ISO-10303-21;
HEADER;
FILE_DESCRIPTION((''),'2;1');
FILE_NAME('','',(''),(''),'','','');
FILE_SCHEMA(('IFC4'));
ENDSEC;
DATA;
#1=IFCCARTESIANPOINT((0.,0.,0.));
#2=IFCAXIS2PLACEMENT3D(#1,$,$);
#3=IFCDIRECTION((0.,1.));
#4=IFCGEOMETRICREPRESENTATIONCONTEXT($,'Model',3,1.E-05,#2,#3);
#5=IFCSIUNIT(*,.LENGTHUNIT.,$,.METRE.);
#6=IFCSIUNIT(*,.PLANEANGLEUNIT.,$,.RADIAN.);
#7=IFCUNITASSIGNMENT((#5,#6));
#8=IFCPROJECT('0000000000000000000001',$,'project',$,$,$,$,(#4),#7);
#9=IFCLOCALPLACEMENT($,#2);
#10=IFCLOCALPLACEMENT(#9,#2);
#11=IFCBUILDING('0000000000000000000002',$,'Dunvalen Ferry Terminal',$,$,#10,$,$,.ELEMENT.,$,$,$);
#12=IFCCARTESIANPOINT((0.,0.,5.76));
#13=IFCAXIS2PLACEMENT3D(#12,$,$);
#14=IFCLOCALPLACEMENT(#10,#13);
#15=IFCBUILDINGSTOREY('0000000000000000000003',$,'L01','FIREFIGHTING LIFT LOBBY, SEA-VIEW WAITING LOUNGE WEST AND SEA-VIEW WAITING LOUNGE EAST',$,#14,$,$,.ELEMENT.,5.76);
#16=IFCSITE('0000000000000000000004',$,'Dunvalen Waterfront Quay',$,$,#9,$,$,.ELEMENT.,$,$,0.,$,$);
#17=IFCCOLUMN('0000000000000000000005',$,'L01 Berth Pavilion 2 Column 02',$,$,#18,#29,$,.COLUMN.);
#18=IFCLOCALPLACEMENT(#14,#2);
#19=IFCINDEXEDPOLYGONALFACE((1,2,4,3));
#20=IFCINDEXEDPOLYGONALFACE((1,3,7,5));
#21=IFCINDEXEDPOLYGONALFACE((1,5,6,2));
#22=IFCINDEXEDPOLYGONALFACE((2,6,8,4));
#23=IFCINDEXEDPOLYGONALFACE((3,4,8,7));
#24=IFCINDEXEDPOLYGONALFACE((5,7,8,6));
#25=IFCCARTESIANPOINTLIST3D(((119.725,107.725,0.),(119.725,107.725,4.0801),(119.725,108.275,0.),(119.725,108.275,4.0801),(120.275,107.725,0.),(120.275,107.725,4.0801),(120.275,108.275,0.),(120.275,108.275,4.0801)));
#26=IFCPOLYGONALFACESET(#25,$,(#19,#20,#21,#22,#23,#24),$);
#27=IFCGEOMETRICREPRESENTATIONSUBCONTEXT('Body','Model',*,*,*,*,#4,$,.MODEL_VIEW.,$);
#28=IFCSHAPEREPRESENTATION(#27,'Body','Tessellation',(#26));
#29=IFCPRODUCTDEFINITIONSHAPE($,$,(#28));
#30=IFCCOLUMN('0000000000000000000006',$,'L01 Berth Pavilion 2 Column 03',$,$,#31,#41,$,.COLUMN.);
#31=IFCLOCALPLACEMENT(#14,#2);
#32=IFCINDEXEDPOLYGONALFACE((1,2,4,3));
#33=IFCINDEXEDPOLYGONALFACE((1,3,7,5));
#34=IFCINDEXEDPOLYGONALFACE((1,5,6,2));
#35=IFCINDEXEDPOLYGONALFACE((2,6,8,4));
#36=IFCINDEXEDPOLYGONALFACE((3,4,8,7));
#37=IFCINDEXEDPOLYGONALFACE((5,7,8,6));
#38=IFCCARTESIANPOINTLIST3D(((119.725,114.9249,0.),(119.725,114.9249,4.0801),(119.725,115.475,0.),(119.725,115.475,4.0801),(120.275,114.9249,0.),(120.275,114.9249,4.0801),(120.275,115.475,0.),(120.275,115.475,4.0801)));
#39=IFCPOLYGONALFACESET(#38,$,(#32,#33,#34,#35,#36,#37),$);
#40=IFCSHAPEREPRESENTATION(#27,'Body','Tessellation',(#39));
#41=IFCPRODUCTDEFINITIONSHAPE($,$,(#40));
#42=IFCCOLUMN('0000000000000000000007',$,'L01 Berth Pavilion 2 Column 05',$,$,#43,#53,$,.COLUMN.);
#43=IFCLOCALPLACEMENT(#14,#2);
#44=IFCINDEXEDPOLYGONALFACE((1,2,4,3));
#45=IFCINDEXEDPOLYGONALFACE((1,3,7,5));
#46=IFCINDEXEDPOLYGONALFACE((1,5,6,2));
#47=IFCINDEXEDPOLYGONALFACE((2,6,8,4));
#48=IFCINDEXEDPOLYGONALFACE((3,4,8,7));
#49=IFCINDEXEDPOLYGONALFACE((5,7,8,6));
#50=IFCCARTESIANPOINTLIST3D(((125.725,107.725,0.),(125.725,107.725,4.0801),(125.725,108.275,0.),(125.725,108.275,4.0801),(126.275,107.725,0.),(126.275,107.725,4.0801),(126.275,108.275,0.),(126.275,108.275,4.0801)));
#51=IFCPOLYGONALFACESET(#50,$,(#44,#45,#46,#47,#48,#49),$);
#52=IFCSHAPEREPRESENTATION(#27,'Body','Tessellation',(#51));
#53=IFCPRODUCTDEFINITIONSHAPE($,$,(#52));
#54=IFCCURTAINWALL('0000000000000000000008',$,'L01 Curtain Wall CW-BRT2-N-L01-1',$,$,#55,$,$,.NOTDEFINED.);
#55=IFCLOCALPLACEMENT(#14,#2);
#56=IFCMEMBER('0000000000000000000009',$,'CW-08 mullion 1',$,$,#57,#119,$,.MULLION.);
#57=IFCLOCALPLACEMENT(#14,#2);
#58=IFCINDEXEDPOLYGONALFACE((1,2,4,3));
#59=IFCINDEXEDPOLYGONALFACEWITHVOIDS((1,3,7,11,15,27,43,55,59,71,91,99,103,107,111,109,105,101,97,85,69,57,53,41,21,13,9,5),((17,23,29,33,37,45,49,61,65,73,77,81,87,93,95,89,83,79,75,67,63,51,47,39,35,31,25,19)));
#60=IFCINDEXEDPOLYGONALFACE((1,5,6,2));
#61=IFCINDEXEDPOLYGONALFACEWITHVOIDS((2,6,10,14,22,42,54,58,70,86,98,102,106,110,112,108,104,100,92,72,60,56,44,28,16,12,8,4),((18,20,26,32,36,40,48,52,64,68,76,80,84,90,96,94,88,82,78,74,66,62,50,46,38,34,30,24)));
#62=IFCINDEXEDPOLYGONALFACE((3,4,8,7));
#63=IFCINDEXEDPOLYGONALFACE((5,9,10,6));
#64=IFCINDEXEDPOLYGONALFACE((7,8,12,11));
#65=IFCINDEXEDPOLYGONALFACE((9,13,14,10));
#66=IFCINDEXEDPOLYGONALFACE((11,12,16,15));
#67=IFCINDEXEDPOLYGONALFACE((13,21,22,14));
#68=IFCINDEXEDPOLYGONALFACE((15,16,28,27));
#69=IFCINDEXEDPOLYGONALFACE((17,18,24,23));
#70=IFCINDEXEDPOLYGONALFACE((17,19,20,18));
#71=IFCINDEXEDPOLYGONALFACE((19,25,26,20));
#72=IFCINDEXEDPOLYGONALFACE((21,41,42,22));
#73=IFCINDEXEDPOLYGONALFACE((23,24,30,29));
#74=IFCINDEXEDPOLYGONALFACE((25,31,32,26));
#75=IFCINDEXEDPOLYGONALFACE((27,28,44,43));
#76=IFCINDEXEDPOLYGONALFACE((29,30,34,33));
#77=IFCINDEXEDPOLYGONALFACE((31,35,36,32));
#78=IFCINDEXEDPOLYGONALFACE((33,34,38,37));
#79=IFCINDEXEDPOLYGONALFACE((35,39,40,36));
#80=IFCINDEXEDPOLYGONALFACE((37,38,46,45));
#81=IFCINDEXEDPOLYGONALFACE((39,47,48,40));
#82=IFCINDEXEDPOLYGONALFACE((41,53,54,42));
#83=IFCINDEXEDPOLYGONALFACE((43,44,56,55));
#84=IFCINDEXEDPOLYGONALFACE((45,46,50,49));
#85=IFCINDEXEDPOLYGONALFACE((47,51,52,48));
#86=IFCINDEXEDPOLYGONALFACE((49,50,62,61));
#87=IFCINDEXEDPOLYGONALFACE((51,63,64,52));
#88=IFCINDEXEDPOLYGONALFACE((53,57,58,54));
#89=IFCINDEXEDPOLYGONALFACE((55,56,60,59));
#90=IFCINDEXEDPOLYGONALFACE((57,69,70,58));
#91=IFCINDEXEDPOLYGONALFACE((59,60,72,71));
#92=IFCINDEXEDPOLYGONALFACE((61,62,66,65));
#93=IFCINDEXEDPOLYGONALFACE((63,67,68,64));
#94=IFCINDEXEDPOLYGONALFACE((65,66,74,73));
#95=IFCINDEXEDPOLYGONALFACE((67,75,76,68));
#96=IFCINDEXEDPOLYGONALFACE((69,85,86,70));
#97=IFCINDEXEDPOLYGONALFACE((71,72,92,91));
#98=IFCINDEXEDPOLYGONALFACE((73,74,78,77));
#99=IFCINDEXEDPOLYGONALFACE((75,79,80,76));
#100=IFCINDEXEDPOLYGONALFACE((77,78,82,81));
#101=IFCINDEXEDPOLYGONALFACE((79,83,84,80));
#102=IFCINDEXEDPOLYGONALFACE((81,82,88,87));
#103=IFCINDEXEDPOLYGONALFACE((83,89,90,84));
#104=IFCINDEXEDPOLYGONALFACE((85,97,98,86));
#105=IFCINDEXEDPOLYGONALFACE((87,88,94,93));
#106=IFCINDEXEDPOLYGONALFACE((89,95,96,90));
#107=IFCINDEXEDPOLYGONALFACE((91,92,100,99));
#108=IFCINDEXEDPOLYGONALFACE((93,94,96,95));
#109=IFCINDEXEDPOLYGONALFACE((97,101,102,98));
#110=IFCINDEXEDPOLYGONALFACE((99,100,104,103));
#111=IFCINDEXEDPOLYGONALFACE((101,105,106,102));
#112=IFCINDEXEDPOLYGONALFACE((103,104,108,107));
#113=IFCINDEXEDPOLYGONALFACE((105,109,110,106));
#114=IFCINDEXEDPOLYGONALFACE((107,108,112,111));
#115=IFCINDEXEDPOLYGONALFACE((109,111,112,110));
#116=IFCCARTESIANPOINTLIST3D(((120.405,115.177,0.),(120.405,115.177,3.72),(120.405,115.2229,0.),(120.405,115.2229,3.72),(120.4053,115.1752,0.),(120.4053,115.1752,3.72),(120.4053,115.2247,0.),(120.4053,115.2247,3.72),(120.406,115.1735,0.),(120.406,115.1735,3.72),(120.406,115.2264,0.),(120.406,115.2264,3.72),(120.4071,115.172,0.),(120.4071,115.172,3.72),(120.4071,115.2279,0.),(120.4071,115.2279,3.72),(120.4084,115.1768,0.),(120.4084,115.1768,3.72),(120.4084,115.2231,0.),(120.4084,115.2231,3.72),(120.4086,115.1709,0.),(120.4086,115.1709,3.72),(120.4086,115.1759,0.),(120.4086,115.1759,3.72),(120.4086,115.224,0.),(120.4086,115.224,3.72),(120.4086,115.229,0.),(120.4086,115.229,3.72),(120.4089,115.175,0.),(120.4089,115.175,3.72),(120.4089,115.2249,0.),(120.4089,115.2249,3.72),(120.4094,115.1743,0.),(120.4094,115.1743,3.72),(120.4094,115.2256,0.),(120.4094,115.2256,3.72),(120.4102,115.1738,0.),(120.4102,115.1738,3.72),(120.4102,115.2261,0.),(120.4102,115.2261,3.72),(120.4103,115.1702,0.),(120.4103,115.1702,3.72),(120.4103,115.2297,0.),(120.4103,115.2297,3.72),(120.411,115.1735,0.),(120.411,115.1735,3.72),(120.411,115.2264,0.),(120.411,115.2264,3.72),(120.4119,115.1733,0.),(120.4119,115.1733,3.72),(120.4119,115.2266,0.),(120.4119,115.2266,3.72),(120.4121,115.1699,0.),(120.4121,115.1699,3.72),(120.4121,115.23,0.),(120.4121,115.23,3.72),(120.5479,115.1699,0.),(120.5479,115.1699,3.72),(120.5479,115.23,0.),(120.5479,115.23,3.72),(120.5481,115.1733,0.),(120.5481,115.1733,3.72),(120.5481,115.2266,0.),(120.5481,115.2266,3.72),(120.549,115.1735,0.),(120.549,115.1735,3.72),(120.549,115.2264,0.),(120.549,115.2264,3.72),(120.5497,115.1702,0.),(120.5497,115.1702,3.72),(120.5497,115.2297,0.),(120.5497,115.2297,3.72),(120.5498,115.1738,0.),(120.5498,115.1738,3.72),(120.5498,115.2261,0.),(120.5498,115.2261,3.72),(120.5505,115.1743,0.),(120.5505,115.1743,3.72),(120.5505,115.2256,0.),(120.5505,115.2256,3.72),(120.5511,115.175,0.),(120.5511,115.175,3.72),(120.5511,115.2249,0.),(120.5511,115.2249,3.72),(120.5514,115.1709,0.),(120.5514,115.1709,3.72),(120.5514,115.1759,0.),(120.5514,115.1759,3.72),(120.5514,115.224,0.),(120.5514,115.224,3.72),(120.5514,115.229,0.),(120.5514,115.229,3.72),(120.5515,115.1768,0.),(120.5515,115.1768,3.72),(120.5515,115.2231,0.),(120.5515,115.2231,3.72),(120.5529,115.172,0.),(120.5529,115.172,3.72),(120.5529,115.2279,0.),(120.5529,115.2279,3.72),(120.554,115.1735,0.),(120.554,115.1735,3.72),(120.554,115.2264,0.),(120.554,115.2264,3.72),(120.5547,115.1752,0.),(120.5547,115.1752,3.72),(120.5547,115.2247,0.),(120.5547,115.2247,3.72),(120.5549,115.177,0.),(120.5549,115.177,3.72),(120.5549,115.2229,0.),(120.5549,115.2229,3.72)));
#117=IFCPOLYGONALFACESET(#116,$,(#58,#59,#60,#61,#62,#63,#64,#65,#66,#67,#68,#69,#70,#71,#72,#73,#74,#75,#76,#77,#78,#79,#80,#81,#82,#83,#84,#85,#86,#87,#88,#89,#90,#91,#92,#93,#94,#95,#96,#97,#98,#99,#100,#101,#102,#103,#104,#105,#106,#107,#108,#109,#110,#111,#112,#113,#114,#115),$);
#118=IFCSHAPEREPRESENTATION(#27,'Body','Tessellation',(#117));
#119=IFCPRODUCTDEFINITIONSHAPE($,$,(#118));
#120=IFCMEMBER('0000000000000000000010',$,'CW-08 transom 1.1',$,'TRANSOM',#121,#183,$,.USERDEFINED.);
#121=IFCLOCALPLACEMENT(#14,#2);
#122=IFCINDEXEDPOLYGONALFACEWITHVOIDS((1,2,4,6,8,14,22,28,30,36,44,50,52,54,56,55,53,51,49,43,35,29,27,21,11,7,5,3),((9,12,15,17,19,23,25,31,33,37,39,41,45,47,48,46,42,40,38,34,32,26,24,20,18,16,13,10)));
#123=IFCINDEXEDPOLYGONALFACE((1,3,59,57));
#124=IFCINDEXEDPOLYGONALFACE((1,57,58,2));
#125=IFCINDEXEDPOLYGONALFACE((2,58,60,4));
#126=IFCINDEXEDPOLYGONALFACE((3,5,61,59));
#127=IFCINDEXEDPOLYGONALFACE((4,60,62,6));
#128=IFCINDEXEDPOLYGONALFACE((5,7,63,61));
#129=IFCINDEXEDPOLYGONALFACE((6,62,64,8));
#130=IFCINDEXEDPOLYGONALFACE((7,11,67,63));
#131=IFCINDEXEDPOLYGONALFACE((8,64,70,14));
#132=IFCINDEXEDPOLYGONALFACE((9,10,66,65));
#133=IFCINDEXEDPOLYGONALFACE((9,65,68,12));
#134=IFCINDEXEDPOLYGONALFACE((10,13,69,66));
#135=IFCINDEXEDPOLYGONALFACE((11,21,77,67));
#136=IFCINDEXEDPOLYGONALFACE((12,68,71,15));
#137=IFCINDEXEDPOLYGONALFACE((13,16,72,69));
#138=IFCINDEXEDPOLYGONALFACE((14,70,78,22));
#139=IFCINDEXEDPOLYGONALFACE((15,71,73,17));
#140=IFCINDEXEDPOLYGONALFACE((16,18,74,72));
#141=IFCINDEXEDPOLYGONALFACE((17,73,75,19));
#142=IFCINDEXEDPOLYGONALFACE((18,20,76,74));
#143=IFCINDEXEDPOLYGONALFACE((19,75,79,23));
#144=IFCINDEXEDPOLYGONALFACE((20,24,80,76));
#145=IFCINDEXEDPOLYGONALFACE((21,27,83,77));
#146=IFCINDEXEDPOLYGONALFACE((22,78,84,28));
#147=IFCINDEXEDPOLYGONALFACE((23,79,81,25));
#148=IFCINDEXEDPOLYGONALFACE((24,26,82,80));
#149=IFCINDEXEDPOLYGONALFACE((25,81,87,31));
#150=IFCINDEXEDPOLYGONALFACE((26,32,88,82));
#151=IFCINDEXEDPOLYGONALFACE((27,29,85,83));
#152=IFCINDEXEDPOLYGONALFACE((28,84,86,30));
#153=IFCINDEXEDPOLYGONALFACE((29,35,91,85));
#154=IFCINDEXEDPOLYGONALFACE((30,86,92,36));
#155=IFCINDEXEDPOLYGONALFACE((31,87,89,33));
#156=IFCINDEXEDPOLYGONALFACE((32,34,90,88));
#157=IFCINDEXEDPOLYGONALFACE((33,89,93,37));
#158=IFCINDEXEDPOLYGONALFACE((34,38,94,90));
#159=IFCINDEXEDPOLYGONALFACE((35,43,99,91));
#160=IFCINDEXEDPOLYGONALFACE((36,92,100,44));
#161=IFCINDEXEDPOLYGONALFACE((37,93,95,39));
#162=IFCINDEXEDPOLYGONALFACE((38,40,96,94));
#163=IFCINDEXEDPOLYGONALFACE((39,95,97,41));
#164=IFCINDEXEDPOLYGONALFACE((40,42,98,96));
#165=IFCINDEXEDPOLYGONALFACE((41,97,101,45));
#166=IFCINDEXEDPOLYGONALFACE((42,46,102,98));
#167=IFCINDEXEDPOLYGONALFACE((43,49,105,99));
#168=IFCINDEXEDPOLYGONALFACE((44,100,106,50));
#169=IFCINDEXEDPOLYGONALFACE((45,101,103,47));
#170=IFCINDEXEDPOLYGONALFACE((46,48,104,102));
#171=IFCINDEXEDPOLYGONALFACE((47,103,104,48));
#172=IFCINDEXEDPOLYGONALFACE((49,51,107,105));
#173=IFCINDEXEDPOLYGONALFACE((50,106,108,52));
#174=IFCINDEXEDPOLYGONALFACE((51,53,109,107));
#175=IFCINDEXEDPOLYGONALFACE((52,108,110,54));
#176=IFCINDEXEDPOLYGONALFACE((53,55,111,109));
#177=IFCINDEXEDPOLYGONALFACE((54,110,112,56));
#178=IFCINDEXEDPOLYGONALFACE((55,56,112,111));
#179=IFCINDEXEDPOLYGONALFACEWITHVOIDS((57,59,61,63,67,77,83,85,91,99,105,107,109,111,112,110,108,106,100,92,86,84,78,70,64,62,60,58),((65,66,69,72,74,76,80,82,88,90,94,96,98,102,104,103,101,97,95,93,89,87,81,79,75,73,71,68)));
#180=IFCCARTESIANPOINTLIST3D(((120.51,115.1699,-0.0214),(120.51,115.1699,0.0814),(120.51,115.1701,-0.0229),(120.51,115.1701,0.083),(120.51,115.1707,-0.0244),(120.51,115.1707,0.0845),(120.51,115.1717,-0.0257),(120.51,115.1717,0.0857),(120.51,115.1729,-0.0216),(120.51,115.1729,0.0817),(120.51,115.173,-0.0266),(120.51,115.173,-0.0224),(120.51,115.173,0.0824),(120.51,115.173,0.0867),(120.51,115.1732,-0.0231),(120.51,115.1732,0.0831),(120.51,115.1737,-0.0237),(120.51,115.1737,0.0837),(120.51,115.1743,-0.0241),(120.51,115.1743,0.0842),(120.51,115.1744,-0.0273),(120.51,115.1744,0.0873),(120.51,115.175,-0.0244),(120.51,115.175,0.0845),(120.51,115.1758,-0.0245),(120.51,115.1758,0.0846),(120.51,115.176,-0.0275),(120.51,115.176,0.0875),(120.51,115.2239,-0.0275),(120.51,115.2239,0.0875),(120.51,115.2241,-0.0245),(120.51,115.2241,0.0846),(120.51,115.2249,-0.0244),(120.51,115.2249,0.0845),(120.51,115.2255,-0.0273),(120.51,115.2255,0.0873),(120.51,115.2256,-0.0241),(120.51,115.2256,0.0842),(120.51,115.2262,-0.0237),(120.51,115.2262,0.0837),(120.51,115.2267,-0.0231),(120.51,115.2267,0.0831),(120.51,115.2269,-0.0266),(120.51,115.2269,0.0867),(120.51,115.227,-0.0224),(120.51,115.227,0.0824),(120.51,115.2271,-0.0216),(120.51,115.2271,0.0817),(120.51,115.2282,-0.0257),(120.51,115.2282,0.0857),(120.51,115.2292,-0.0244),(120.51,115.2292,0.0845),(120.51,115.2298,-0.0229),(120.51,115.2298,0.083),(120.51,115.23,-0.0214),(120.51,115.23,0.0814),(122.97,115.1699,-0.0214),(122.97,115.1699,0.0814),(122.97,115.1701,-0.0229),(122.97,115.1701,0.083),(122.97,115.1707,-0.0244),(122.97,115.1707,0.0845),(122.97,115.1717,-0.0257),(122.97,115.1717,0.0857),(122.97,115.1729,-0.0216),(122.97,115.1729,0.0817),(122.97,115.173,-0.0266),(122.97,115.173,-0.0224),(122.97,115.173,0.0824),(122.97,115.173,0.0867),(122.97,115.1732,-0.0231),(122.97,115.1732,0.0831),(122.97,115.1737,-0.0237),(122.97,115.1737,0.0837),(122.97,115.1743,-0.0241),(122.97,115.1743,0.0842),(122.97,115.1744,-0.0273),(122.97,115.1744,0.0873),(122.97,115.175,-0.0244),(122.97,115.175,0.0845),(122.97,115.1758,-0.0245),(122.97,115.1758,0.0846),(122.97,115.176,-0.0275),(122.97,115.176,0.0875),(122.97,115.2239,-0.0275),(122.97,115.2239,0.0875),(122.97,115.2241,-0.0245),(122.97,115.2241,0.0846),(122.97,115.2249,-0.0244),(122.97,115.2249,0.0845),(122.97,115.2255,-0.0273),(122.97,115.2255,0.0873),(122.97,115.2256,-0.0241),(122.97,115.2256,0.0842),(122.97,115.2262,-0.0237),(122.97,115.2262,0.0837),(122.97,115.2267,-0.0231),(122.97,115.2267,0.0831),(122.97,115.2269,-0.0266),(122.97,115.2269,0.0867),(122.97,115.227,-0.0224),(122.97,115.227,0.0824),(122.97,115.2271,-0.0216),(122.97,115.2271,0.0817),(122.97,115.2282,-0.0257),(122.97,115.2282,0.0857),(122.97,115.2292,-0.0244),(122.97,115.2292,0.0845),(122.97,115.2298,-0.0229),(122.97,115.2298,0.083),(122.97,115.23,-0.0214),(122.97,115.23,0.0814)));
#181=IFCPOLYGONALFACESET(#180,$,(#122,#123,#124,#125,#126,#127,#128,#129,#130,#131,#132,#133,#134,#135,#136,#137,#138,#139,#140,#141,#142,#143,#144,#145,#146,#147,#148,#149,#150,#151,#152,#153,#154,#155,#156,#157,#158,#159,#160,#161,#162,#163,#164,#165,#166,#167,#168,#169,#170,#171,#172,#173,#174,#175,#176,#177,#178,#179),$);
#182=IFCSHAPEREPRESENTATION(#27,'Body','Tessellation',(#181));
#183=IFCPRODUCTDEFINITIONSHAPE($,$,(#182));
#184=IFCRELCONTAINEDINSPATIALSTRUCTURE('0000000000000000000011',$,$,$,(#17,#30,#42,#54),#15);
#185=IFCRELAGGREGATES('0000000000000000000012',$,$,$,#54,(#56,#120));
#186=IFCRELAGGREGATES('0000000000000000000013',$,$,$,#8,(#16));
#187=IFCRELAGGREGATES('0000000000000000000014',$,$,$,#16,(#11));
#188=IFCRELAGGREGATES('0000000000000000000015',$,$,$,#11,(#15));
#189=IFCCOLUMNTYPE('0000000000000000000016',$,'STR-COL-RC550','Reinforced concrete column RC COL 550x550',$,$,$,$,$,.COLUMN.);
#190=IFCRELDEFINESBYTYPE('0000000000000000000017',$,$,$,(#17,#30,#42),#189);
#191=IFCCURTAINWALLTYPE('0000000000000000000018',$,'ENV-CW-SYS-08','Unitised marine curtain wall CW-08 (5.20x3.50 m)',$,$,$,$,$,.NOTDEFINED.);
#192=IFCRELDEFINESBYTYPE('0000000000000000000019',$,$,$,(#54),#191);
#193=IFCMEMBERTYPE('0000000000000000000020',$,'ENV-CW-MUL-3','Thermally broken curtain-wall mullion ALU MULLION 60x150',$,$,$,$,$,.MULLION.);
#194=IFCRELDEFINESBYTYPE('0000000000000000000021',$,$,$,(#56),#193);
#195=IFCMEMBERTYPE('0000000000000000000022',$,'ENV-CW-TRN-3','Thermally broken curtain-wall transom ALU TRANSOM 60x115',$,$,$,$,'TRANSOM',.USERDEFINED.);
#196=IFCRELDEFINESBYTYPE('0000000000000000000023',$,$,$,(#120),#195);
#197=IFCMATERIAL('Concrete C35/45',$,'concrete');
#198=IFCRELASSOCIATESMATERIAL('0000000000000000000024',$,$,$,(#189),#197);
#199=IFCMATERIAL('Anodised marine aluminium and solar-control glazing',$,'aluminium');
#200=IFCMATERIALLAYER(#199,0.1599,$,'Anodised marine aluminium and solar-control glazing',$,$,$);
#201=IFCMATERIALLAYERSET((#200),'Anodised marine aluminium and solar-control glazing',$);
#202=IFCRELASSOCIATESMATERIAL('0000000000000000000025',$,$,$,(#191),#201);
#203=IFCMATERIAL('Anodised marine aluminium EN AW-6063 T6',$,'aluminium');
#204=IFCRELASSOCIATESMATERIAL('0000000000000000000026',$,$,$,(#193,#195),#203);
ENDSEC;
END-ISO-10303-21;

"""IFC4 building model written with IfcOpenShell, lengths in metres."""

from ifc_helpers import new_model, si_unit, direction, frame, origin, origin_2d, place, context, subcontext, project, spatial, rectangle, hollow_rectangle, extrude, material, layer, layer_set, material_profile, profile_set, type_object, element, aggregate, save


model = new_model("IFC4")

# Units and contexts
model_context = context("Model", 3, precision=1e-05, world=origin(), true_north=direction((0.0, 1.0)))
body_context = subcontext(model_context, "Body", "Model", "MODEL_VIEW")
ifc_project = project(units=[si_unit("LENGTHUNIT", "METRE"), si_unit("PLANEANGLEUNIT", "RADIAN")], contexts=[model_context])

# Site, building, storey
site_placement = place(None, origin())
site = spatial("IfcSite", under=ifc_project, at=site_placement, Name="Dunvalen Waterfront Quay", CompositionType="ELEMENT", RefElevation=0.0)
building_placement = place(site_placement, origin())
building = spatial("IfcBuilding", under=site, at=building_placement, Name="Dunvalen Ferry Terminal", CompositionType="ELEMENT")
storey_placement = place(building_placement, frame((0.0, 0.0, 5.76)))
storey = spatial("IfcBuildingStorey", under=building, at=storey_placement, Name="L01", Description="FIREFIGHTING LIFT LOBBY, SEA-VIEW WAITING LOUNGE WEST AND SEA-VIEW WAITING LOUNGE EAST", CompositionType="ELEMENT", Elevation=5.76)

# Columns
ifc_material_1 = material(Name="Concrete C35/45", Category="concrete")
ifc_material_profile_1 = material_profile(ifc_material_1, rectangle(XDim=0.55, YDim=0.55, at=origin_2d()), Name="Concrete C35/45")
ifc_profile_set_1 = profile_set([ifc_material_profile_1], Name="Concrete C35/45")
column_type = type_object("IfcColumnType", Name="STR-COL-RC550", Description="Reinforced concrete column RC COL 550x550", PredefinedType="COLUMN", material=ifc_profile_set_1)
for number, where, z_axis, x_axis, name in (
    (1, (120.0, 108.0, 0.0), (0.0, 0.0, 1.0), (1.0, 0.0, 0.0), "L01 Berth Pavilion 2 Column 02"),
    (2, (120.0, 115.2, 0.0), (0.0, 0.0, 1.0), (1.0, 0.0, 0.0), "L01 Berth Pavilion 2 Column 03"),
    (3, (126.0, 108.0, 0.0), (0.0, 0.0, 1.0), (1.0, 0.0, 0.0), "L01 Berth Pavilion 2 Column 05"),
):
    element("IfcColumn", number, at=place(storey_placement, frame(where, z_axis=z_axis, x_axis=x_axis)), inside=storey, type_object=column_type, Name=name, PredefinedType="COLUMN", context=body_context, shape_type="SweptSolid", body=[
        extrude(rectangle(XDim=0.55, YDim=0.55, at=origin_2d()), origin(), (0.0, 0.0, 1.0), 4.0801),
    ])

# Curtain wall, members
ifc_material_2 = material(Name="Anodised marine aluminium and solar-control glazing", Category="aluminium")
ifc_layer_1 = layer(ifc_material_2, 0.1599, Name="Anodised marine aluminium and solar-control glazing")
ifc_layer_set_1 = layer_set([ifc_layer_1], Name="Anodised marine aluminium and solar-control glazing")
curtain_wall_type = type_object("IfcCurtainWallType", Name="ENV-CW-SYS-08", Description="Unitised marine curtain wall CW-08 (5.20x3.50 m)", PredefinedType="NOTDEFINED", material=ifc_layer_set_1)
curtain_wall_placement = place(storey_placement, origin())
curtain_wall = element("IfcCurtainWall", 4, at=curtain_wall_placement, inside=storey, type_object=curtain_wall_type, Name="L01 Curtain Wall CW-BRT2-N-L01-1", PredefinedType="NOTDEFINED")
ifc_material_3 = material(Name="Anodised marine aluminium EN AW-6063 T6", Category="aluminium")
ifc_material_profile_2 = material_profile(ifc_material_3, hollow_rectangle(XDim=0.0601, YDim=0.1499, WallThickness=0.0034, InnerFilletRadius=0.0034, OuterFilletRadius=0.0071, at=origin_2d()), Name="Anodised marine aluminium EN AW-6063 T6")
ifc_profile_set_2 = profile_set([ifc_material_profile_2], Name="Anodised marine aluminium EN AW-6063 T6")
member_type_1 = type_object("IfcMemberType", Name="ENV-CW-MUL-3", Description="Thermally broken curtain-wall mullion ALU MULLION 60x150", PredefinedType="MULLION", material=ifc_profile_set_2)
member_1_placement = place(storey_placement, frame((120.48, 115.2, 0.0), z_axis=(0.0, 0.0, 1.0), x_axis=(0.0, 1.0, 0.0)))
member_1 = element("IfcMember", 5, at=member_1_placement, type_object=member_type_1, Name="CW-08 mullion 1", PredefinedType="MULLION", context=body_context, shape_type="SweptSolid", body=[
    extrude(hollow_rectangle(XDim=0.0601, YDim=0.1499, WallThickness=0.0034, InnerFilletRadius=0.0034, OuterFilletRadius=0.0071, at=origin_2d()), origin(), (0.0, 0.0, 1.0), 3.72),
])
ifc_material_profile_3 = material_profile(ifc_material_3, hollow_rectangle(XDim=0.0601, YDim=0.115, WallThickness=0.0029, InnerFilletRadius=0.0029, OuterFilletRadius=0.0061, at=origin_2d()), Name="Anodised marine aluminium EN AW-6063 T6")
ifc_profile_set_3 = profile_set([ifc_material_profile_3], Name="Anodised marine aluminium EN AW-6063 T6")
member_type_2 = type_object("IfcMemberType", Name="ENV-CW-TRN-3", Description="Thermally broken curtain-wall transom ALU TRANSOM 60x115", ElementType="TRANSOM", PredefinedType="USERDEFINED", material=ifc_profile_set_3)
member_2_placement = place(storey_placement, frame((120.51, 115.2, 0.03), z_axis=(1.0, 0.0, 0.0), x_axis=(0.0, 1.0, 0.0)))
member_2 = element("IfcMember", 6, at=member_2_placement, type_object=member_type_2, Name="CW-08 transom 1.1", ObjectType="TRANSOM", PredefinedType="USERDEFINED", context=body_context, shape_type="SweptSolid", body=[
    extrude(hollow_rectangle(XDim=0.0601, YDim=0.115, WallThickness=0.0029, InnerFilletRadius=0.0029, OuterFilletRadius=0.0061, at=origin_2d()), origin(), (0.0, 0.0, 1.0), 2.46),
])

aggregate(curtain_wall, [member_1, member_2])

save(model, "model.ifc")
